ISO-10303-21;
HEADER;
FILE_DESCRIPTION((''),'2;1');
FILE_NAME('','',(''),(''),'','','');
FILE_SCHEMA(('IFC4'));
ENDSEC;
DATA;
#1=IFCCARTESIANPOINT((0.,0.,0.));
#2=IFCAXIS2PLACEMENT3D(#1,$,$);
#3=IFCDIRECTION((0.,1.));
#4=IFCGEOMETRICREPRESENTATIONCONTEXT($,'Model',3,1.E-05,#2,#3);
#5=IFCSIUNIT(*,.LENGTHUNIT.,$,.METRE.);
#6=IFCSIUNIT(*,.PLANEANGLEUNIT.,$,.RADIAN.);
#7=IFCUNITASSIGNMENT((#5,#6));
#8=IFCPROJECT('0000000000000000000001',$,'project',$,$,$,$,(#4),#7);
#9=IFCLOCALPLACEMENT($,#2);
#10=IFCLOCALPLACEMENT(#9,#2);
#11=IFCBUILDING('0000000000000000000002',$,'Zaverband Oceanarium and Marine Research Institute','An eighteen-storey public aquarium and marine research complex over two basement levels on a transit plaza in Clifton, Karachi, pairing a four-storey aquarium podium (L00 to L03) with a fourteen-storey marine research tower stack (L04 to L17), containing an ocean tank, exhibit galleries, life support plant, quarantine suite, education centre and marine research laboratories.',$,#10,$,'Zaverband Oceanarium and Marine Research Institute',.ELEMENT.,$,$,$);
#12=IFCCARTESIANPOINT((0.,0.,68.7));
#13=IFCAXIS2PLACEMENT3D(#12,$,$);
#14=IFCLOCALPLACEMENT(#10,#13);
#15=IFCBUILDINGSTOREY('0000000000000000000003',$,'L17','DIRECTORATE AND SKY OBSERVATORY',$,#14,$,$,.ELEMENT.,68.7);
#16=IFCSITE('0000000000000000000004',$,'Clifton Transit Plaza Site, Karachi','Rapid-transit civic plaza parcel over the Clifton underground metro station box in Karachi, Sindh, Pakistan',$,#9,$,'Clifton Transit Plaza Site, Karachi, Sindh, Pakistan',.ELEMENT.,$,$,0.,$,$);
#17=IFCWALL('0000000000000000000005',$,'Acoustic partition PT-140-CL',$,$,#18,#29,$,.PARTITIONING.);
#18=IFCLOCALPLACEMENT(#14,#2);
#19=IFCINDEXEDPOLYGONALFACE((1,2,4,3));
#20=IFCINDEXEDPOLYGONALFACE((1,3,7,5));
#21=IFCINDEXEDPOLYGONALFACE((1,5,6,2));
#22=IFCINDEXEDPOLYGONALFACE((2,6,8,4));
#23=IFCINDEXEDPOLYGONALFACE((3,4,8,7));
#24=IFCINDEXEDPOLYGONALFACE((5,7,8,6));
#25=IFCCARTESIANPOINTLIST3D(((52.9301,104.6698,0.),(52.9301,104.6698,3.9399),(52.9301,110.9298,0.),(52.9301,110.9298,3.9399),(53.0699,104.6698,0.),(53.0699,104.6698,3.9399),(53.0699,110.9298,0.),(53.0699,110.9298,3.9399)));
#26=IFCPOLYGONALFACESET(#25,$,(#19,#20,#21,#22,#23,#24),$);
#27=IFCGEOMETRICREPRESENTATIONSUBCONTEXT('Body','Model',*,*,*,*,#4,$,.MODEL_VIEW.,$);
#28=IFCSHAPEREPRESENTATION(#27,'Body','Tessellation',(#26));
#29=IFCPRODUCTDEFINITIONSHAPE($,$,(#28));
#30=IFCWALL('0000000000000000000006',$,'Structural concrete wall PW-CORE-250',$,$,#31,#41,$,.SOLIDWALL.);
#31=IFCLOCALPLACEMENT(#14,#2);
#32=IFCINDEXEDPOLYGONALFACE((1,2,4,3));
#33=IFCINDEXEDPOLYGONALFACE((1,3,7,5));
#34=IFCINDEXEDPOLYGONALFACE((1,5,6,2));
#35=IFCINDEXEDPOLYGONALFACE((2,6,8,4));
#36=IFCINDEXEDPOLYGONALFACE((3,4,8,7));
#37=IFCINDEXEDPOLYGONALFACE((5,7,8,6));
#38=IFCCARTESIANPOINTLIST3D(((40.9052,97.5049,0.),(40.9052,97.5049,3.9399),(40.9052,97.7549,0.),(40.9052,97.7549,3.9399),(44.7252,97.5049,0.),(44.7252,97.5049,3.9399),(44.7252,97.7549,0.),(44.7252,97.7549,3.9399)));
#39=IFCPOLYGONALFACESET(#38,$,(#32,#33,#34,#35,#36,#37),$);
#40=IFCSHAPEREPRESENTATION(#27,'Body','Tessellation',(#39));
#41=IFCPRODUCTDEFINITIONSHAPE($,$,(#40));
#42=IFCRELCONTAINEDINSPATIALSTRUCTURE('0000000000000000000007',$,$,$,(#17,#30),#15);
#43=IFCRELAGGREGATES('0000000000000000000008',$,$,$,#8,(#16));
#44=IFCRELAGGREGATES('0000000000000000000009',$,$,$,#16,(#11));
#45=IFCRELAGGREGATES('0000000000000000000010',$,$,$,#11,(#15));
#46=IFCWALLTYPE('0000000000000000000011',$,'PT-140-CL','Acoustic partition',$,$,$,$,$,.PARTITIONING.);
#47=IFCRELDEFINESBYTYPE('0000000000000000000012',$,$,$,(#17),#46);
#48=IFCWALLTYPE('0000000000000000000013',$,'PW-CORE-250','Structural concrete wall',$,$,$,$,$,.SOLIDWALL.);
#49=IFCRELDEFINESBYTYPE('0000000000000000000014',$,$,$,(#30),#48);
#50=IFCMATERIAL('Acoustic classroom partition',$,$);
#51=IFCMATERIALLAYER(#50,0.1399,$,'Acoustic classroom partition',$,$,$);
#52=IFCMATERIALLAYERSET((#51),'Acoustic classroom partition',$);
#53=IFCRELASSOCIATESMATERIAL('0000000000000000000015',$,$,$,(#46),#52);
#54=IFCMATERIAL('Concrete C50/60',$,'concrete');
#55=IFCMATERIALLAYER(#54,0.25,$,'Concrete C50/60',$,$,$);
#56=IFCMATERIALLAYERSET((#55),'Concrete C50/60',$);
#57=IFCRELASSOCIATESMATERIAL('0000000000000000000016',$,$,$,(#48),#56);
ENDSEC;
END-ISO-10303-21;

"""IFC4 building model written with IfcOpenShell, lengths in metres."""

from ifc_helpers import new_model, si_unit, direction, frame, frame_2d, origin, place, context, subcontext, project, spatial, rectangle, extrude, material, layer, layer_set, type_object, element, save


model = new_model("IFC4")

# Units and contexts
model_context = context("Model", 3, precision=1e-05, world=origin(), true_north=direction((0.0, 1.0)))
body_context = subcontext(model_context, "Body", "Model", "MODEL_VIEW")
ifc_project = project(units=[si_unit("LENGTHUNIT", "METRE"), si_unit("PLANEANGLEUNIT", "RADIAN")], contexts=[model_context])

# Site, building, storey
site_placement = place(None, origin())
site = spatial("IfcSite", under=ifc_project, at=site_placement, Name="Clifton Transit Plaza Site, Karachi", Description="Rapid-transit civic plaza parcel over the Clifton underground metro station box in Karachi, Sindh, Pakistan", LongName="Clifton Transit Plaza Site, Karachi, Sindh, Pakistan", CompositionType="ELEMENT", RefElevation=0.0)
building_placement = place(site_placement, origin())
building = spatial("IfcBuilding", under=site, at=building_placement, Name="Zaverband Oceanarium and Marine Research Institute", Description="An eighteen-storey public aquarium and marine research complex over two basement levels on a transit plaza in Clifton, Karachi, pairing a four-storey aquarium podium (L00 to L03) with a fourteen-storey marine research tower stack (L04 to L17), containing an ocean tank, exhibit galleries, life support plant, quarantine suite, education centre and marine research laboratories.", LongName="Zaverband Oceanarium and Marine Research Institute", CompositionType="ELEMENT")
storey_placement = place(building_placement, frame((0.0, 0.0, 68.7)))
storey = spatial("IfcBuildingStorey", under=building, at=storey_placement, Name="L17", Description="DIRECTORATE AND SKY OBSERVATORY", CompositionType="ELEMENT", Elevation=68.7)

# Shared definitions
ifc_material_1 = material(Name="Concrete C50/60", Category="concrete")

# Walls
ifc_material_2 = material(Name="Acoustic classroom partition")
ifc_layer_1 = layer(ifc_material_2, 0.1399, Name="Acoustic classroom partition")
ifc_layer_set_1 = layer_set([ifc_layer_1], Name="Acoustic classroom partition")
wall_type_1 = type_object("IfcWallType", Name="PT-140-CL", Description="Acoustic partition", PredefinedType="PARTITIONING", material=ifc_layer_set_1)
wall_1_placement = place(storey_placement, frame((53.0, 104.6699, 0.0), z_axis=(0.0, 0.0, 1.0), x_axis=(0.0, 1.0, 0.0)))
element("IfcWall", 1, at=wall_1_placement, inside=storey, type_object=wall_type_1, Name="Acoustic partition PT-140-CL", PredefinedType="PARTITIONING", context=body_context, shape_type="SweptSolid", body=[
    extrude(rectangle(XDim=6.26, YDim=0.1399, at=frame_2d((3.1299, 0.0))), origin(), (0.0, 0.0, 1.0), 3.9399),
])
ifc_layer_2 = layer(ifc_material_1, 0.25, Name="Concrete C50/60")
ifc_layer_set_2 = layer_set([ifc_layer_2], Name="Concrete C50/60")
wall_type_2 = type_object("IfcWallType", Name="PW-CORE-250", Description="Structural concrete wall", PredefinedType="SOLIDWALL", material=ifc_layer_set_2)
wall_2_placement = place(storey_placement, frame((40.905, 97.6299, 0.0), z_axis=(0.0, 0.0, 1.0), x_axis=(1.0, 0.0, 0.0)))
element("IfcWall", 2, at=wall_2_placement, inside=storey, type_object=wall_type_2, Name="Structural concrete wall PW-CORE-250", PredefinedType="SOLIDWALL", context=body_context, shape_type="SweptSolid", body=[
    extrude(rectangle(XDim=3.8201, YDim=0.25, at=frame_2d((1.9102, 0.0))), origin(), (0.0, 0.0, 1.0), 3.9399),
])

save(model, "model.ifc")
